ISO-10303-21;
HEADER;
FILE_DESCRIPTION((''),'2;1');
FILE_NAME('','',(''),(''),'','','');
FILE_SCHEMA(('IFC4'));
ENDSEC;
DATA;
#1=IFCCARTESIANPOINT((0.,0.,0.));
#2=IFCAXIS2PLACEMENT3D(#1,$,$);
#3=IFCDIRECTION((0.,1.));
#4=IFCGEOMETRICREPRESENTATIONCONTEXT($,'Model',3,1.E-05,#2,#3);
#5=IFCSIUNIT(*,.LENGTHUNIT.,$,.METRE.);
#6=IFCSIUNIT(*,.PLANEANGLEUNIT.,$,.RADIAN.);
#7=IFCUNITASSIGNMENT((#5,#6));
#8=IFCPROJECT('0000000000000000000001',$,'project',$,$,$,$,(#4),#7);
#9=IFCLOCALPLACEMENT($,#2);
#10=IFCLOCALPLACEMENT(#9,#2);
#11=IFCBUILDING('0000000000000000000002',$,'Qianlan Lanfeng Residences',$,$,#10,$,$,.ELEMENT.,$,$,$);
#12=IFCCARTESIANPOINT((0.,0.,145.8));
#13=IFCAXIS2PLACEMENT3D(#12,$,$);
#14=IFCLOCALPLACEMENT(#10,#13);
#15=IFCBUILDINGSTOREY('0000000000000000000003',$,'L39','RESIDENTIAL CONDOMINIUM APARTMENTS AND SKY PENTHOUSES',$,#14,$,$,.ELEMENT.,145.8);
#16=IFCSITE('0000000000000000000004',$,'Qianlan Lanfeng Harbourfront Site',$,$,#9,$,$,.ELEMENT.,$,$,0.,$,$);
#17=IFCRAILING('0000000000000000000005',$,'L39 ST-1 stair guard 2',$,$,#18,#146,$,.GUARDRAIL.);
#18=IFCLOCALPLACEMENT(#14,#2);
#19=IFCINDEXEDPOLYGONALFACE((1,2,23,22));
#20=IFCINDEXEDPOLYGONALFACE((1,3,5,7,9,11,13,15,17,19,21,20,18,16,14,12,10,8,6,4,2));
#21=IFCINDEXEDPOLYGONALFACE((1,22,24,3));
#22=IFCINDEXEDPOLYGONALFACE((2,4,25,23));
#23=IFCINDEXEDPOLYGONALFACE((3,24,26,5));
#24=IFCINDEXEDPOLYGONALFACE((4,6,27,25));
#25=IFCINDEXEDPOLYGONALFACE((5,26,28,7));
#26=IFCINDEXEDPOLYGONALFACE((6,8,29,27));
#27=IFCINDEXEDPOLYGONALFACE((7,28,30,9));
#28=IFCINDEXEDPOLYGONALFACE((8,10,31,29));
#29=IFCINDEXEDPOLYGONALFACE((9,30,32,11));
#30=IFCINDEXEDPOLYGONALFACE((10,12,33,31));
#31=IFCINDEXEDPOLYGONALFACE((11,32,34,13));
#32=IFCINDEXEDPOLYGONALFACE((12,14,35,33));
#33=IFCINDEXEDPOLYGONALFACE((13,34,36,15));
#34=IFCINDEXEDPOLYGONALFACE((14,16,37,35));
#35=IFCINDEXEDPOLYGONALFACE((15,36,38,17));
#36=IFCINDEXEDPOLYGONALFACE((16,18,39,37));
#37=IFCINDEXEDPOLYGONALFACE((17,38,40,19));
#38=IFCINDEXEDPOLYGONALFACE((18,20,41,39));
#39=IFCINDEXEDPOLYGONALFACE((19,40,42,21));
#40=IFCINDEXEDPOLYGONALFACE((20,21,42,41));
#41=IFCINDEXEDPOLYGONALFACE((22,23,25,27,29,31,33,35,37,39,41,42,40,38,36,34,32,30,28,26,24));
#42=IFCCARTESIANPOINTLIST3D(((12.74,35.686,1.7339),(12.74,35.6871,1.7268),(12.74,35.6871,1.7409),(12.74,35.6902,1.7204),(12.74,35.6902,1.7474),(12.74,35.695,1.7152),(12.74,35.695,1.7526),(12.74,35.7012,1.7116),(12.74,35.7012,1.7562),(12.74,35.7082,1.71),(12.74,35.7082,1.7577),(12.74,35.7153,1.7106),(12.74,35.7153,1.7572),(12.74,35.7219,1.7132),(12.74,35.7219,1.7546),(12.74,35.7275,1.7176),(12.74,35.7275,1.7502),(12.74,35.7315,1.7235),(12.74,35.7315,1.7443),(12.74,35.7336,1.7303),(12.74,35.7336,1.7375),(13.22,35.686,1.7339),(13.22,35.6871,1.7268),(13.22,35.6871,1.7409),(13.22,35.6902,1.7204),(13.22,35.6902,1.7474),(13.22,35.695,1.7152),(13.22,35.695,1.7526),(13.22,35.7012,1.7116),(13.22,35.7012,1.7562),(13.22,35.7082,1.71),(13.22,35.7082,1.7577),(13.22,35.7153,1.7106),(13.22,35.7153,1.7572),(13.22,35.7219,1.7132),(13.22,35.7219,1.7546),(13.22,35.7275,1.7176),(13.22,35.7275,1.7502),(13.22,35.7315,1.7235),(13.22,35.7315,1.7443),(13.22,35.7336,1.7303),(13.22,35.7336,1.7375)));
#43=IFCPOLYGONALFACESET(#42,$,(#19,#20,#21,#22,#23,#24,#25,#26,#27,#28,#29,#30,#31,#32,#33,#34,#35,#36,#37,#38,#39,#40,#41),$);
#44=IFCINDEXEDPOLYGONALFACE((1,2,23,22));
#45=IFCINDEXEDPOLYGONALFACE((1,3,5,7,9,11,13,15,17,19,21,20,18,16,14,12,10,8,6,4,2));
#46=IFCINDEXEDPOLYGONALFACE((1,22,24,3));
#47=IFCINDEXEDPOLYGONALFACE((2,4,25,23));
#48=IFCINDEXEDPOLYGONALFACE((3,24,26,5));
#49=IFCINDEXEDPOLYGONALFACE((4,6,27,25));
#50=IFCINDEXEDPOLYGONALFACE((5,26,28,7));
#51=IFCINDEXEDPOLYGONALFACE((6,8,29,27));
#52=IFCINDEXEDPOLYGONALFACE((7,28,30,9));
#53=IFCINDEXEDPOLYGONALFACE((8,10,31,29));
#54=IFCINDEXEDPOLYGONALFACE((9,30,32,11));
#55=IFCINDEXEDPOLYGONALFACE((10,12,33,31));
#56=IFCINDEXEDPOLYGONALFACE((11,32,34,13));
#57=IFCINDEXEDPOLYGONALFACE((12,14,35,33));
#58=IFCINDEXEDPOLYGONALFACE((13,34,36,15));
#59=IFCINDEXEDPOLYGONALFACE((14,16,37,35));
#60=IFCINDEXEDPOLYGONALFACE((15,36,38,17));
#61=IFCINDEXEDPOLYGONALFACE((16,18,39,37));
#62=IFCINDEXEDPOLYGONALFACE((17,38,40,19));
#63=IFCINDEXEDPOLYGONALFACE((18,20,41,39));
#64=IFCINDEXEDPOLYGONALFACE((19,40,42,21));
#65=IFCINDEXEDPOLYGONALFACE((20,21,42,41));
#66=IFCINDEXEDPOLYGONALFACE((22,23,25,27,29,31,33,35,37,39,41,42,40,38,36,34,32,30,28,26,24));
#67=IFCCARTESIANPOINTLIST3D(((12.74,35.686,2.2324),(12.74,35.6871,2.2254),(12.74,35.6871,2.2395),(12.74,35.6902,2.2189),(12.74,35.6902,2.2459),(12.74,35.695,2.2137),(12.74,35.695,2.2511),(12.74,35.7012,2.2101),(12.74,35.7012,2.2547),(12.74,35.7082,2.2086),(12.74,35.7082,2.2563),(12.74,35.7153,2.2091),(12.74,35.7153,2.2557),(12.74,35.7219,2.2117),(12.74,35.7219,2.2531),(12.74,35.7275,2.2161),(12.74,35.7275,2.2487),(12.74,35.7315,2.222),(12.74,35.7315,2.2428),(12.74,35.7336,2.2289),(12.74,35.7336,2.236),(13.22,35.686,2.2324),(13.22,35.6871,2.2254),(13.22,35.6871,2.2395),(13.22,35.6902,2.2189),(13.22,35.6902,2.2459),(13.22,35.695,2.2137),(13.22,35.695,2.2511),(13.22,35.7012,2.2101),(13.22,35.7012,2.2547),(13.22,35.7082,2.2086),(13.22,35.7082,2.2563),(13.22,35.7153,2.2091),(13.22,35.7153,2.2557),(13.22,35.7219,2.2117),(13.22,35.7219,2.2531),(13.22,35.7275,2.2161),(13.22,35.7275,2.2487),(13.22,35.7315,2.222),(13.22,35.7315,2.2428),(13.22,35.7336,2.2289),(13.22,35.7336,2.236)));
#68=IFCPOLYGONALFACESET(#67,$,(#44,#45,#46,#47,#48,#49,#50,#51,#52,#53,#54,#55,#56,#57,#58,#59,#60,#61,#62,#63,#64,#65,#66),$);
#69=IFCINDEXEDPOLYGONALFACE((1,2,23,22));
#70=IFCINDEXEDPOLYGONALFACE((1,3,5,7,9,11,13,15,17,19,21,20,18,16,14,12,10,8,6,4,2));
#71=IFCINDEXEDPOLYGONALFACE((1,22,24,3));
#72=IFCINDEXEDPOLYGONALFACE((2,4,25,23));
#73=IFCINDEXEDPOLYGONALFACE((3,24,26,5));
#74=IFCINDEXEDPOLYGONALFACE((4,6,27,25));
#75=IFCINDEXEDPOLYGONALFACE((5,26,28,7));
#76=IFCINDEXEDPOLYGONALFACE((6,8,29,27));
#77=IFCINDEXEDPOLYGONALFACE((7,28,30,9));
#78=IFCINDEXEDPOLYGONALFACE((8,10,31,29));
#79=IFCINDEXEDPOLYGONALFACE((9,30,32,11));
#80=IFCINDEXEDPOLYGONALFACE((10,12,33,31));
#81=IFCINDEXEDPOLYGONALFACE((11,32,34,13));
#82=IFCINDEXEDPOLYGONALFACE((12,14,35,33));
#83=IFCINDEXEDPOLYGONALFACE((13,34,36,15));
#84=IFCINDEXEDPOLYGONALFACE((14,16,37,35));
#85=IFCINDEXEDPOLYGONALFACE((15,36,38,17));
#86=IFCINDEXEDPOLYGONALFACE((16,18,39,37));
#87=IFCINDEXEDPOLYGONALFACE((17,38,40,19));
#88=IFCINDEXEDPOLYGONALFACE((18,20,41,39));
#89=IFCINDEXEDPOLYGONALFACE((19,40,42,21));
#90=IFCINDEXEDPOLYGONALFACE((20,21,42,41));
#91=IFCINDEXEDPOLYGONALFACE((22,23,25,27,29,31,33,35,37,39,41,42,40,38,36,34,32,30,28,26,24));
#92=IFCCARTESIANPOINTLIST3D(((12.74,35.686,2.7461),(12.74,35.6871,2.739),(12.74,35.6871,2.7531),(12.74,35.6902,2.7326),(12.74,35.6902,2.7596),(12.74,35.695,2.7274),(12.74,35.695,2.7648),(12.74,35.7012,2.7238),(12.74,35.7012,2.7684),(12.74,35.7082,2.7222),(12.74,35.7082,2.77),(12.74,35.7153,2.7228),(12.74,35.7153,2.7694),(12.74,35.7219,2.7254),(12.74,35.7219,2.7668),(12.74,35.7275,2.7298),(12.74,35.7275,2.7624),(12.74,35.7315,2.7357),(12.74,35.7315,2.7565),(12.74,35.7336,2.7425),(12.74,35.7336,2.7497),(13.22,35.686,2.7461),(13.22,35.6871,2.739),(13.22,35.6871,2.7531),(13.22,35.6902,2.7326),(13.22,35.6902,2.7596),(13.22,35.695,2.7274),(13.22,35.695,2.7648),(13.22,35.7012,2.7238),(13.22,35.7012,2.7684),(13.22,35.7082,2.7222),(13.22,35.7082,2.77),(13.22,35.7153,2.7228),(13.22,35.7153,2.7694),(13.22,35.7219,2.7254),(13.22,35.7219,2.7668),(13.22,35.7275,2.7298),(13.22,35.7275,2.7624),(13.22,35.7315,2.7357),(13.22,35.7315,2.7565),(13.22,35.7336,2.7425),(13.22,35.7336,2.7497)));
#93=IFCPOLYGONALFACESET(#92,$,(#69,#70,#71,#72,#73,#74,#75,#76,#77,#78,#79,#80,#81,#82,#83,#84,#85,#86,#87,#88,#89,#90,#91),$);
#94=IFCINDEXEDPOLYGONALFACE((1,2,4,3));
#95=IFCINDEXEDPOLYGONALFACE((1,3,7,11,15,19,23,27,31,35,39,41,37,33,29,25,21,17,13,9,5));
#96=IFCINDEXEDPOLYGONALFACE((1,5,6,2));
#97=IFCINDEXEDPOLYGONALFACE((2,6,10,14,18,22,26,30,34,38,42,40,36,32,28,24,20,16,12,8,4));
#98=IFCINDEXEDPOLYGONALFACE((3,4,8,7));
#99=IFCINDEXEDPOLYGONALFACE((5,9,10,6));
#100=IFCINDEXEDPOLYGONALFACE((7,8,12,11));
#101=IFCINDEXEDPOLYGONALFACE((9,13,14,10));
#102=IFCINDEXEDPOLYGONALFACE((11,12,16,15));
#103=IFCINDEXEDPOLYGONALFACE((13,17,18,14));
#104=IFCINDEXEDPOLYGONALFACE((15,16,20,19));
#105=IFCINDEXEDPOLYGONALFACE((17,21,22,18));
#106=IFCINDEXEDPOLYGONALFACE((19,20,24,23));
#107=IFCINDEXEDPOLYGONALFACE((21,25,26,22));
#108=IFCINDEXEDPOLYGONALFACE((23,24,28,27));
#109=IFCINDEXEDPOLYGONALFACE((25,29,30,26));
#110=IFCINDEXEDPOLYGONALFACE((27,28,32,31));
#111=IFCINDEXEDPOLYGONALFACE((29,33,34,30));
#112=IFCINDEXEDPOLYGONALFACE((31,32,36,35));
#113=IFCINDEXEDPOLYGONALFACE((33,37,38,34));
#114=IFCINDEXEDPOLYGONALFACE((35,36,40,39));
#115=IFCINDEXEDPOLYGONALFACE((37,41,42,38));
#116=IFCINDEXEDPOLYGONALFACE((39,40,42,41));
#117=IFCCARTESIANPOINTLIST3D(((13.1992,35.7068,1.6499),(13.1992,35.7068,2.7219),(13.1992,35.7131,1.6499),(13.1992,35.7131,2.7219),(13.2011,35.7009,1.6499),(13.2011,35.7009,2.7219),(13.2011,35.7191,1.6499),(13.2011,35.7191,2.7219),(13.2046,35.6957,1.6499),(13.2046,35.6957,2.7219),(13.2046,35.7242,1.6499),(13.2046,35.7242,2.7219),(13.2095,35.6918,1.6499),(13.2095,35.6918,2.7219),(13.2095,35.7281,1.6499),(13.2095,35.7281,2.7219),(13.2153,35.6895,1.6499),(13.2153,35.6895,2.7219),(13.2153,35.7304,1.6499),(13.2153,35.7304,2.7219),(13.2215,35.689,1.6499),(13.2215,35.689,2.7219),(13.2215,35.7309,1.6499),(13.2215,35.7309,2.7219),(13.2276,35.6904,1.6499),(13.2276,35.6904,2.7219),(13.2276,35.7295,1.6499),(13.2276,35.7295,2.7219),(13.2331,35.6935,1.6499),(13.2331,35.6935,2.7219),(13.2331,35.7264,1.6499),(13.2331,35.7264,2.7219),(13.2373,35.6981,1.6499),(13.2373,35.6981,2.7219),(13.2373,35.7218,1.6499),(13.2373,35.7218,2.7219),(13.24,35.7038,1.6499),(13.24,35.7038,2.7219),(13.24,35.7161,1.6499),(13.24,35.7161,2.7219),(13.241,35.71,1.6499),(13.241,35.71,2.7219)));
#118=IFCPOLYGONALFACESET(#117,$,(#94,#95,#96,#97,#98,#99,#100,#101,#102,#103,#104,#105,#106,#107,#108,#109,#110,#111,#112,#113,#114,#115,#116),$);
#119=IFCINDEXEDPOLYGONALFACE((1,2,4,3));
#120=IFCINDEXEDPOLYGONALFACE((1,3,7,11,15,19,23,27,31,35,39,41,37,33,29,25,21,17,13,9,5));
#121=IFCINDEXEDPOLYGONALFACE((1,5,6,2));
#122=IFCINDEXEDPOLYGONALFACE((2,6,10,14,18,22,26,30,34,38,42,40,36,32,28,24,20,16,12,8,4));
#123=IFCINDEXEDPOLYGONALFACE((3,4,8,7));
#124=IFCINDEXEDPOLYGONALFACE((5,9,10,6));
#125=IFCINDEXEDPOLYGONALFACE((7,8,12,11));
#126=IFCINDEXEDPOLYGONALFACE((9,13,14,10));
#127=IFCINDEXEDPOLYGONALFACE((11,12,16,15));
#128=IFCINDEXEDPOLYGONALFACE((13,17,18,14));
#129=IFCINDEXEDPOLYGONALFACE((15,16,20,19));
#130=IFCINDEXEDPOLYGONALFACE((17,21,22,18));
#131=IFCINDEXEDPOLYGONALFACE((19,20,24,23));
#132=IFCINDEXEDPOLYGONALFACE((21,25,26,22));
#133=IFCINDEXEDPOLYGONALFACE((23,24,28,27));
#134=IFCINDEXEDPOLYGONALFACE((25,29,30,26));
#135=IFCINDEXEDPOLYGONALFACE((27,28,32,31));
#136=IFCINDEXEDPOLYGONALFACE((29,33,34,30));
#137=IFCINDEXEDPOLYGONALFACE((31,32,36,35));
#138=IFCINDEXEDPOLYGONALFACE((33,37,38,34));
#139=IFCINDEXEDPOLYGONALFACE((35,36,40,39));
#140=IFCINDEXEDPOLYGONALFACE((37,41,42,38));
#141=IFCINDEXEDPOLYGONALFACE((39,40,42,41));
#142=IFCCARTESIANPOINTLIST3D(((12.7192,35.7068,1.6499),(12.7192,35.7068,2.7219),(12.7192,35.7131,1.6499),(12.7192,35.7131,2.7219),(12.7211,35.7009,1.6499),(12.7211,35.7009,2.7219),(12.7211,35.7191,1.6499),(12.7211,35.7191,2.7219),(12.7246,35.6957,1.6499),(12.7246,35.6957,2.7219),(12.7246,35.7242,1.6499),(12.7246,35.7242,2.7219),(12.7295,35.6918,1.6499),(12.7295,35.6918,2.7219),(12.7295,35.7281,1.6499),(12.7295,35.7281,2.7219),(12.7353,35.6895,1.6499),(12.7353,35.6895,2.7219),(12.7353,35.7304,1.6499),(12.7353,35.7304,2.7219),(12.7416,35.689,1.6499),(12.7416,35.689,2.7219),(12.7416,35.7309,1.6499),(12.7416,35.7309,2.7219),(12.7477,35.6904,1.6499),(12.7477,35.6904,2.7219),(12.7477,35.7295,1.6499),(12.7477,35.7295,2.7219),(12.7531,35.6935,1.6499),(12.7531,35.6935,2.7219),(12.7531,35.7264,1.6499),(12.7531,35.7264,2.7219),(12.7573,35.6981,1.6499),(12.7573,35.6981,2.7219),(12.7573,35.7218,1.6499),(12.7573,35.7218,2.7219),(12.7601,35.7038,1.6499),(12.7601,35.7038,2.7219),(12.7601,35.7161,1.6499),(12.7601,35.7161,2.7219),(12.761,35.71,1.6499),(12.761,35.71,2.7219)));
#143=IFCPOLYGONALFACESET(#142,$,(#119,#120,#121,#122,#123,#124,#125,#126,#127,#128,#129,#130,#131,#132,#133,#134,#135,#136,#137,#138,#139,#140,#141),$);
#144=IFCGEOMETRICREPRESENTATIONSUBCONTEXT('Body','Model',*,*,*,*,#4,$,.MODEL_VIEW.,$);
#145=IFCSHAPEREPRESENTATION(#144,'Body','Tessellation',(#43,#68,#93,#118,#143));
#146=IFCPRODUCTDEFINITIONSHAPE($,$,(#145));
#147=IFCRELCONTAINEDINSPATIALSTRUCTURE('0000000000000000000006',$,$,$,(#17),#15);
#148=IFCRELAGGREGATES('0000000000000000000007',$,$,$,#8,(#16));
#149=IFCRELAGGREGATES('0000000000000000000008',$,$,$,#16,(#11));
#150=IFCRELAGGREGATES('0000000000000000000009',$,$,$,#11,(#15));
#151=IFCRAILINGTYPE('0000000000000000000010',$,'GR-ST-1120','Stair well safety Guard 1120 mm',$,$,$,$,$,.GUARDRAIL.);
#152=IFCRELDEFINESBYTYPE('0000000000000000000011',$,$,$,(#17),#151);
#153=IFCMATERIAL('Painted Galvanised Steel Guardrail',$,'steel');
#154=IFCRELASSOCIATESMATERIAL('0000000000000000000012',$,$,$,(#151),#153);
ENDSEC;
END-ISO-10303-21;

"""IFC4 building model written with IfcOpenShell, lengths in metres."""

from ifc_helpers import new_model, si_unit, direction, frame, origin, origin_2d, place, context, subcontext, project, spatial, circle, extrude, material, type_object, element, save


model = new_model("IFC4")

# Units and contexts
model_context = context("Model", 3, precision=1e-05, world=origin(), true_north=direction((0.0, 1.0)))
body_context = subcontext(model_context, "Body", "Model", "MODEL_VIEW")
ifc_project = project(units=[si_unit("LENGTHUNIT", "METRE"), si_unit("PLANEANGLEUNIT", "RADIAN")], contexts=[model_context])

# Site, building, storey
site_placement = place(None, origin())
site = spatial("IfcSite", under=ifc_project, at=site_placement, Name="Qianlan Lanfeng Harbourfront Site", CompositionType="ELEMENT", RefElevation=0.0)
building_placement = place(site_placement, origin())
building = spatial("IfcBuilding", under=site, at=building_placement, Name="Qianlan Lanfeng Residences", CompositionType="ELEMENT")
storey_placement = place(building_placement, frame((0.0, 0.0, 145.8)))
storey = spatial("IfcBuildingStorey", under=building, at=storey_placement, Name="L39", Description="RESIDENTIAL CONDOMINIUM APARTMENTS AND SKY PENTHOUSES", CompositionType="ELEMENT", Elevation=145.8)

# Railing
ifc_material_1 = material(Name="Painted Galvanised Steel Guardrail", Category="steel")
railing_type_1 = type_object("IfcRailingType", Name="GR-ST-1120", Description="Stair well safety Guard 1120 mm", PredefinedType="GUARDRAIL", material=ifc_material_1)
railing_1_placement = place(storey_placement, frame((13.22, 35.71, 1.6499)))
element("IfcRailing", 1, at=railing_1_placement, inside=storey, type_object=railing_type_1, Name="L39 ST-1 stair guard 2", PredefinedType="GUARDRAIL", context=body_context, shape_type="SweptSolid", body=[
    extrude(circle(Radius=0.0239, at=origin_2d()), frame((0.0, 0.0, 0.084), z_axis=(-1.0, 0.0, 0.0), x_axis=(0.0, -1.0, 0.0)), (0.0, 0.0, 1.0), 0.48),
    extrude(circle(Radius=0.0239, at=origin_2d()), frame((0.0, 0.0, 0.5825), z_axis=(-1.0, 0.0, 0.0), x_axis=(0.0, -1.0, 0.0)), (0.0, 0.0, 1.0), 0.48),
    extrude(circle(Radius=0.0239, at=origin_2d()), frame((0.0, 0.0, 1.0962), z_axis=(-1.0, 0.0, 0.0), x_axis=(0.0, -1.0, 0.0)), (0.0, 0.0, 1.0), 0.48),
    extrude(circle(Radius=0.021, at=origin_2d()), origin(), (0.0, 0.0, 1.0), 1.072),
    extrude(circle(Radius=0.021, at=origin_2d()), frame((-0.48, 0.0, 0.0)), (0.0, 0.0, 1.0), 1.072),
])

save(model, "model.ifc")
